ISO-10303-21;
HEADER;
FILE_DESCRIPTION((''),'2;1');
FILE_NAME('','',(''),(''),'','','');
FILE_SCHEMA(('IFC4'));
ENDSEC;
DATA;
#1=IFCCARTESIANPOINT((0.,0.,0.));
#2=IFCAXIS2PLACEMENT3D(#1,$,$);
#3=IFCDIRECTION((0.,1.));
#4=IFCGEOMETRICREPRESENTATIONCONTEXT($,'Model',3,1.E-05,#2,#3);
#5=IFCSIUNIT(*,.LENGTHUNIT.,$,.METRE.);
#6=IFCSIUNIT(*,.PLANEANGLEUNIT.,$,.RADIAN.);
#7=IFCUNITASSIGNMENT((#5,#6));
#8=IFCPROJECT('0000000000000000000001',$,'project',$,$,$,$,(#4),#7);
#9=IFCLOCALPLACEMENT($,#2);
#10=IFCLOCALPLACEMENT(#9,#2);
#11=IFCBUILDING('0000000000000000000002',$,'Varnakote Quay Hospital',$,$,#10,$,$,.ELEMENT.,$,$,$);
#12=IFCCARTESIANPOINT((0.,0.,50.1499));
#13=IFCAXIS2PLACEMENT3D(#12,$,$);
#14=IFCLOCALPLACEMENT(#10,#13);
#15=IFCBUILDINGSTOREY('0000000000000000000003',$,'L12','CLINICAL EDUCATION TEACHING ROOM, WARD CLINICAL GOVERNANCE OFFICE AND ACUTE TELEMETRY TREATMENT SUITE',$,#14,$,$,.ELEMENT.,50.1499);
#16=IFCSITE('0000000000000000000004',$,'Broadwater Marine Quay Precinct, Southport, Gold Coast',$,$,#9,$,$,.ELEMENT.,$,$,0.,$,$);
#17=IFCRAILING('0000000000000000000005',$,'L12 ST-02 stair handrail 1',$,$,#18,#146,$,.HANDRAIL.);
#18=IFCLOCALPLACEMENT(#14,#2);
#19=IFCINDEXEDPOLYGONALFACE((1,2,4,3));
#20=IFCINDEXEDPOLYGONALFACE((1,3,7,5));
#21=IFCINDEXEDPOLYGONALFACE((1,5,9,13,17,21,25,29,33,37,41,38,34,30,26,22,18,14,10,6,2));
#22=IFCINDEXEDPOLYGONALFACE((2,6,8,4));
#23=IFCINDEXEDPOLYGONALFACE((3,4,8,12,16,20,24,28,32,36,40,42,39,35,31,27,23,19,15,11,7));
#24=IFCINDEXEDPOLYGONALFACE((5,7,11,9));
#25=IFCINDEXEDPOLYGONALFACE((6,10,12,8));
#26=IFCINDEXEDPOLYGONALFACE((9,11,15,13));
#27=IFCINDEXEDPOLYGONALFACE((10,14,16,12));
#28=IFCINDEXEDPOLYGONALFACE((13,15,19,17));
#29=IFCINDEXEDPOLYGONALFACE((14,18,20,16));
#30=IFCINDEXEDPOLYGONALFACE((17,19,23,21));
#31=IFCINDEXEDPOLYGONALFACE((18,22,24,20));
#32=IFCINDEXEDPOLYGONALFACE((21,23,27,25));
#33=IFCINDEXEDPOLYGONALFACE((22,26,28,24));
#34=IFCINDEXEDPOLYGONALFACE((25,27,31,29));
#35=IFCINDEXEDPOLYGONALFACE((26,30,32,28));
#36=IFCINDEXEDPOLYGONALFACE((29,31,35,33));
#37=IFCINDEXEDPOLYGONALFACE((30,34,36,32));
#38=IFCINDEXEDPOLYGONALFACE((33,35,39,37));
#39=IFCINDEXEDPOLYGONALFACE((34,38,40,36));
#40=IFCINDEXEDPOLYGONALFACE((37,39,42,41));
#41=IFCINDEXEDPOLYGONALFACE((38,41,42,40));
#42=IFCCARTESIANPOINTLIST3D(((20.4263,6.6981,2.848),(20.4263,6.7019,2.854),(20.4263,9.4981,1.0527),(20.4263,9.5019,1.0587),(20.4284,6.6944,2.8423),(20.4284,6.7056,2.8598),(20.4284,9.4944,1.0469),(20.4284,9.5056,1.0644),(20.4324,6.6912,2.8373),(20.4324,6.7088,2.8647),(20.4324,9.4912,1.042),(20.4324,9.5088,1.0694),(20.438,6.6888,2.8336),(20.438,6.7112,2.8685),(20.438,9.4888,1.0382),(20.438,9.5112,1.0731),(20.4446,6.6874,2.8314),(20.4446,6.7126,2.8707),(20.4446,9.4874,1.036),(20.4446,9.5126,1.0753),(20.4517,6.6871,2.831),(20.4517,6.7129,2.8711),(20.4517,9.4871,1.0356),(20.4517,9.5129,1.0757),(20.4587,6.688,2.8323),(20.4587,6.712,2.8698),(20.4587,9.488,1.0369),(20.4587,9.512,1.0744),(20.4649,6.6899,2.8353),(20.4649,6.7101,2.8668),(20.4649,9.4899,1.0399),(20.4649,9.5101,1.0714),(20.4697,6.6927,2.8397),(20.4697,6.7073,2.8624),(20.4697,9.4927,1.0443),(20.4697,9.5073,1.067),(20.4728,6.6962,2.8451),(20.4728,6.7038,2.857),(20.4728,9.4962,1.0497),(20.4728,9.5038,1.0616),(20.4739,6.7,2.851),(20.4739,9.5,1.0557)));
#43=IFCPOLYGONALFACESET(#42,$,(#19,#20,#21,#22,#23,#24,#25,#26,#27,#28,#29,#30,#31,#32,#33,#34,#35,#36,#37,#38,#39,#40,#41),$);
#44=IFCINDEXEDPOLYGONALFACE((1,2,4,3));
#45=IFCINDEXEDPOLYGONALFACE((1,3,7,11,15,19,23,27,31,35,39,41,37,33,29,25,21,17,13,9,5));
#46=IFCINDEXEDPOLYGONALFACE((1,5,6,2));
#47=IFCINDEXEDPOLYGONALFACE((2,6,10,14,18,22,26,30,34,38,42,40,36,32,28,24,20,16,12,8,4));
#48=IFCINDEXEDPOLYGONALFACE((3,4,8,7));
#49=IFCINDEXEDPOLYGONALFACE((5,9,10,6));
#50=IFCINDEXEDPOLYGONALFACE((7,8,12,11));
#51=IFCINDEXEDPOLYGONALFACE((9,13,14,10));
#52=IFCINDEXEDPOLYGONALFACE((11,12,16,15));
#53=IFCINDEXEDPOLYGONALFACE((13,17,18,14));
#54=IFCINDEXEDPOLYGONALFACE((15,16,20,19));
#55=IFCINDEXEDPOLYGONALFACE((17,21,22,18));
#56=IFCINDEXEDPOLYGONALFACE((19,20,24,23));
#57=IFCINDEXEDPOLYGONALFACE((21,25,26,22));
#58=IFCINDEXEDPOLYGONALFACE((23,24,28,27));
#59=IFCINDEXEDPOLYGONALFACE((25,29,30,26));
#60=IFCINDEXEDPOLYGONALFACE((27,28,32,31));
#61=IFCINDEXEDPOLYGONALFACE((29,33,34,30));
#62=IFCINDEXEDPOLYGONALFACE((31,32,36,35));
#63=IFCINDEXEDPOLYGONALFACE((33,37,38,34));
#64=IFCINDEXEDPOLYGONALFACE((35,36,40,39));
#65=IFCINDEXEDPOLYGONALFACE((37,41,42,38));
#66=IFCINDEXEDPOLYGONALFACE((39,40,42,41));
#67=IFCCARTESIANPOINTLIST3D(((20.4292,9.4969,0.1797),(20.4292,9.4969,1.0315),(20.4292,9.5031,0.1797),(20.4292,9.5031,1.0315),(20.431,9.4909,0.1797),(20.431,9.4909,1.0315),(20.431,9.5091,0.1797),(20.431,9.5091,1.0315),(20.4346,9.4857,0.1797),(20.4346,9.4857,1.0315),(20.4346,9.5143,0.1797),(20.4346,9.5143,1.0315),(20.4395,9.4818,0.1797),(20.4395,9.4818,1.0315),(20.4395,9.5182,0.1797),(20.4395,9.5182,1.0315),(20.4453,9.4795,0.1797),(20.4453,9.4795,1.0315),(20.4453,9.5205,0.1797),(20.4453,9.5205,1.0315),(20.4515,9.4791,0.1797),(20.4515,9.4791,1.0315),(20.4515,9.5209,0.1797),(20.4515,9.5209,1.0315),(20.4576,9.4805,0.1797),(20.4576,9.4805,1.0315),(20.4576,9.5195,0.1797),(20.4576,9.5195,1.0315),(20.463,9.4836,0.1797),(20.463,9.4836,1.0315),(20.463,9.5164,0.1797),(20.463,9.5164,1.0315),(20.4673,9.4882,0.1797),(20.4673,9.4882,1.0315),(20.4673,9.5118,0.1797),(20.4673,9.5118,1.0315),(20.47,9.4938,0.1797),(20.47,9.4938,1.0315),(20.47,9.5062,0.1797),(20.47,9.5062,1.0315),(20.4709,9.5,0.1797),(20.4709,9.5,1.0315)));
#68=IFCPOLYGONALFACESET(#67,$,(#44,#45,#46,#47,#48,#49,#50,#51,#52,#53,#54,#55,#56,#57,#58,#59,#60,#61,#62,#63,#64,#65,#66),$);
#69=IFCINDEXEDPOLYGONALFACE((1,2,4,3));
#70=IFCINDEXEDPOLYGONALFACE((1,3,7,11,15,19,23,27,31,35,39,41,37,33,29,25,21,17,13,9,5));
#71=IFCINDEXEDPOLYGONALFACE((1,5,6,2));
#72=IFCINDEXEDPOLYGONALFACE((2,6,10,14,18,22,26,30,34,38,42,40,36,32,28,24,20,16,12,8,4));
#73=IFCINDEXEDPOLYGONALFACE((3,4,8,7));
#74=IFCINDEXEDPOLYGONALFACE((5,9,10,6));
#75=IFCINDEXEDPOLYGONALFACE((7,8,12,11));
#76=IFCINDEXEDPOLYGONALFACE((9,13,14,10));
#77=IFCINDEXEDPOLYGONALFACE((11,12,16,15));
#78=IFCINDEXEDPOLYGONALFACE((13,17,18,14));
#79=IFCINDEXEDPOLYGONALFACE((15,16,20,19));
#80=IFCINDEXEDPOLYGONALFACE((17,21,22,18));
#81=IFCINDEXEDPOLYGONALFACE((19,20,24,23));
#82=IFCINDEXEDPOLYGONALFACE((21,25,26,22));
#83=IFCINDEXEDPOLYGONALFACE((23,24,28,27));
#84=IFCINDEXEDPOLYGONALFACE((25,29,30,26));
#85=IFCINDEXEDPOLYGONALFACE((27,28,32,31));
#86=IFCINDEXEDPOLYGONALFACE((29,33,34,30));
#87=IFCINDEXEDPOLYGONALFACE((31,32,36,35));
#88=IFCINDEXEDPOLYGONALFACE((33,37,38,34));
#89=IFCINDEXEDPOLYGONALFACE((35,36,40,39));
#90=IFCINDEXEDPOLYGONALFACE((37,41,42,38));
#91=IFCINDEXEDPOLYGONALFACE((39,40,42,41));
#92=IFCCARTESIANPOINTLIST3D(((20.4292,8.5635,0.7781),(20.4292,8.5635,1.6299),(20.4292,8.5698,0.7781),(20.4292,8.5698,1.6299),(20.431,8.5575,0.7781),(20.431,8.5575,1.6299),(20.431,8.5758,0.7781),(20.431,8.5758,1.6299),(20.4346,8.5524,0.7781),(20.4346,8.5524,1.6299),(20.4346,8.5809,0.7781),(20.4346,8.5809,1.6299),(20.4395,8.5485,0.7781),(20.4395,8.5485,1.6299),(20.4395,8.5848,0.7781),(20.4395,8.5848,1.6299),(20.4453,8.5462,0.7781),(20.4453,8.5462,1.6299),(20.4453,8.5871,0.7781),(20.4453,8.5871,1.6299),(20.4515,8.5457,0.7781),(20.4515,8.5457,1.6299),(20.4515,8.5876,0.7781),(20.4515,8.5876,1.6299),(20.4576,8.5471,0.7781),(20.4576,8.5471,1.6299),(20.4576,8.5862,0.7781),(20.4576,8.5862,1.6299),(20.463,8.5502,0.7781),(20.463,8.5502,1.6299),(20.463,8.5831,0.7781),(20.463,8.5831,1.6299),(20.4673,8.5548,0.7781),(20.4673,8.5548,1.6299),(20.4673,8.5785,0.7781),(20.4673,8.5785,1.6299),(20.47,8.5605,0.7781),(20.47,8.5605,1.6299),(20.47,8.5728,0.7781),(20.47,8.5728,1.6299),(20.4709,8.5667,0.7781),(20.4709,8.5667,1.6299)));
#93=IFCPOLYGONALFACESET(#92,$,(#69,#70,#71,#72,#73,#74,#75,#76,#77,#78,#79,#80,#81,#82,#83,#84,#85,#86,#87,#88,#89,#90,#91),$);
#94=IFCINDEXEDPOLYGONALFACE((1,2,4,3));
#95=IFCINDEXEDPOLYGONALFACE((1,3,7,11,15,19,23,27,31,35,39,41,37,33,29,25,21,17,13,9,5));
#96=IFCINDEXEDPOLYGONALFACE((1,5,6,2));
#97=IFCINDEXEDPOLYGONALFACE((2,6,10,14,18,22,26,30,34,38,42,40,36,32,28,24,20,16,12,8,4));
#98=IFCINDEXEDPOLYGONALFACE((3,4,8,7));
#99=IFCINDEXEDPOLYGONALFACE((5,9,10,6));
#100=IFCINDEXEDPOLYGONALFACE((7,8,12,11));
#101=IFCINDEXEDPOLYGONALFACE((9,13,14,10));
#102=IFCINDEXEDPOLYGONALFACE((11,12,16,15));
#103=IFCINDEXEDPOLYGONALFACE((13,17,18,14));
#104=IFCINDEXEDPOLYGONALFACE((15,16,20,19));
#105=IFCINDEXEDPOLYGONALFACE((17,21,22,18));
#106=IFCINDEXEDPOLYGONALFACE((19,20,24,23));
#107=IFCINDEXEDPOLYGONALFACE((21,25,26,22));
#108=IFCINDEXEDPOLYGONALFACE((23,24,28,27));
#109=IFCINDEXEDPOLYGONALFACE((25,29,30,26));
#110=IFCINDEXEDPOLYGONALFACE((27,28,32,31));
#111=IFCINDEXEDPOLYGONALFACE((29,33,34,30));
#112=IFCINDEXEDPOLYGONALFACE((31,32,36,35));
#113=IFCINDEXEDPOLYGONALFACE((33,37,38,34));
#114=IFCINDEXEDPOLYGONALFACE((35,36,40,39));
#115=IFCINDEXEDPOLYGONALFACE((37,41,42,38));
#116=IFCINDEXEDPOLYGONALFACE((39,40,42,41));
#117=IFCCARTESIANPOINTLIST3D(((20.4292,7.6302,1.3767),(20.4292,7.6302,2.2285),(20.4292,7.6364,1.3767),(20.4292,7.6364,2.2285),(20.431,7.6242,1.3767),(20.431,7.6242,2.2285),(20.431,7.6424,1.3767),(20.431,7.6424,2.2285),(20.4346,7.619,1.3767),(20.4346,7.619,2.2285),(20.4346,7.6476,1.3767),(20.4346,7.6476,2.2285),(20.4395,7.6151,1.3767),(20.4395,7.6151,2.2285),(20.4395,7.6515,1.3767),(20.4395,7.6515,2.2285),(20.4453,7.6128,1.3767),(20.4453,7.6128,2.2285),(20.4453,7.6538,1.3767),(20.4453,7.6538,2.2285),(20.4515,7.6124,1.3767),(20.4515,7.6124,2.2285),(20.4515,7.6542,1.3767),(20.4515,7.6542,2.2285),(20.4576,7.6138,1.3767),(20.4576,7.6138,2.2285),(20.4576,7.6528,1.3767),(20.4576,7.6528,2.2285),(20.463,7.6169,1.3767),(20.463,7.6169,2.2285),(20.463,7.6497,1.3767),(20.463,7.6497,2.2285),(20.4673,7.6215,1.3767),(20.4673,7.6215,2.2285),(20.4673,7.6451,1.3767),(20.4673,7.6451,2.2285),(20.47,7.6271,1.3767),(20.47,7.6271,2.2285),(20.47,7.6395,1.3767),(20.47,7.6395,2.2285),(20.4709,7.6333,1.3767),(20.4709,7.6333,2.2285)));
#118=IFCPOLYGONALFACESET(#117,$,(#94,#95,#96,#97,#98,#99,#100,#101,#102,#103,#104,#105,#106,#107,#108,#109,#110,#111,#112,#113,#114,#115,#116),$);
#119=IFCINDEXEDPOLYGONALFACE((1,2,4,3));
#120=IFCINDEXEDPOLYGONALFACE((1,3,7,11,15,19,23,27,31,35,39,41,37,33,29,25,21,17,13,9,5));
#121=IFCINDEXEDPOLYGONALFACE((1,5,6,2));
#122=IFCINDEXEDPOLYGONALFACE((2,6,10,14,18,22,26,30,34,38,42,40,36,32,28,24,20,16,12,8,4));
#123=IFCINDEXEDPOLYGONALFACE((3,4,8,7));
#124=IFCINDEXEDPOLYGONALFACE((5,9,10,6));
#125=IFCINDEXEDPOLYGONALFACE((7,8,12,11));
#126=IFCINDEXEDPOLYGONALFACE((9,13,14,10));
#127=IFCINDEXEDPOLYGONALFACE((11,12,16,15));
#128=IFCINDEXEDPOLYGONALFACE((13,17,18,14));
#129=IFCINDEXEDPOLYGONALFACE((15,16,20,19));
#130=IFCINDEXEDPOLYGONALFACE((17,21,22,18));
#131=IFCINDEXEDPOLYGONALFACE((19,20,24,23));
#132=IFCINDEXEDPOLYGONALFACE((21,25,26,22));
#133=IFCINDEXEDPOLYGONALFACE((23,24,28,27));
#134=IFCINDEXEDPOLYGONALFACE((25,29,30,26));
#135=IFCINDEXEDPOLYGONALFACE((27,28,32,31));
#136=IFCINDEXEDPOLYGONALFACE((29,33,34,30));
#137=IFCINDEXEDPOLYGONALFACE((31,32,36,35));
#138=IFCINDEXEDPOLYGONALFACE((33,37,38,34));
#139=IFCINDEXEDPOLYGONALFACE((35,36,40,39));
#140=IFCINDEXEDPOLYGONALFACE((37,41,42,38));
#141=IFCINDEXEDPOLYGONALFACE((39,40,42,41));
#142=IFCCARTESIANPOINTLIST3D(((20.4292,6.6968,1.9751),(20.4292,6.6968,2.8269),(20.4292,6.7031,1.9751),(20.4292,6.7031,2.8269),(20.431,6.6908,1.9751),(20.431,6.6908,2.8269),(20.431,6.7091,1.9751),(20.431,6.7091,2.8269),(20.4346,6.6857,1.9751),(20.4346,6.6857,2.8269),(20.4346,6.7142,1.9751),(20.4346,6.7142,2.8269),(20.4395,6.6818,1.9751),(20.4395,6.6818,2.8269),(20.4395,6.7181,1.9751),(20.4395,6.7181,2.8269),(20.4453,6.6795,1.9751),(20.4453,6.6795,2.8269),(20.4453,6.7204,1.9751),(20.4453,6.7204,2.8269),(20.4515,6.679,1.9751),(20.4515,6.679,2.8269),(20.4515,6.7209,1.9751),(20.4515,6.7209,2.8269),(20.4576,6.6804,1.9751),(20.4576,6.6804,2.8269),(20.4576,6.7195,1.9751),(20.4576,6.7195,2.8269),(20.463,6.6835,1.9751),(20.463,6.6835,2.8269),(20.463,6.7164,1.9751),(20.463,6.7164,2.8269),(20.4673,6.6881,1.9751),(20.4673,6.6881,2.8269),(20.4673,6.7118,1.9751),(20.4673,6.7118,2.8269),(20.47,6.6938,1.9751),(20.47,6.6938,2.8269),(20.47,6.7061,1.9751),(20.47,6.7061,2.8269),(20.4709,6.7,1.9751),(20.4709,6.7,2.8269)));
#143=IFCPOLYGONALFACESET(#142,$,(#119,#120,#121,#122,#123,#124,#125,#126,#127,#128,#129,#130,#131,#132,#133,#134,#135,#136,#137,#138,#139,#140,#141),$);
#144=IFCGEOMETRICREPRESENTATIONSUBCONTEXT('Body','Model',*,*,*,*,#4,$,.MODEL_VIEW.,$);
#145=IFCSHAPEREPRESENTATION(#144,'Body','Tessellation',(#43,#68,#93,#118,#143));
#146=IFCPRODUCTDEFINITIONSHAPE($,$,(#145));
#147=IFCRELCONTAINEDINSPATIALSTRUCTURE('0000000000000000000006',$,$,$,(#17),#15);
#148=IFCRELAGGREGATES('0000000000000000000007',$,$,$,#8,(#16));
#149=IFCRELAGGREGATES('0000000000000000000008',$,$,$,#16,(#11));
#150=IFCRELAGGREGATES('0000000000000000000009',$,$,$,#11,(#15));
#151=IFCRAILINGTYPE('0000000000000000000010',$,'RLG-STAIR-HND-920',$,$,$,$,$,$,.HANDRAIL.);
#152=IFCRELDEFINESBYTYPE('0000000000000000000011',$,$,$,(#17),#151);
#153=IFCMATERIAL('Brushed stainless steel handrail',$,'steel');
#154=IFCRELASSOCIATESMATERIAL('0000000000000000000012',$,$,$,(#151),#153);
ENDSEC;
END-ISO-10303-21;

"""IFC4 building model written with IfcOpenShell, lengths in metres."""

from ifc_helpers import new_model, si_unit, direction, frame, origin, origin_2d, place, context, subcontext, project, spatial, circle, extrude, material, type_object, element, save


model = new_model("IFC4")

# Units and contexts
model_context = context("Model", 3, precision=1e-05, world=origin(), true_north=direction((0.0, 1.0)))
body_context = subcontext(model_context, "Body", "Model", "MODEL_VIEW")
ifc_project = project(units=[si_unit("LENGTHUNIT", "METRE"), si_unit("PLANEANGLEUNIT", "RADIAN")], contexts=[model_context])

# Site, building, storey
site_placement = place(None, origin())
site = spatial("IfcSite", under=ifc_project, at=site_placement, Name="Broadwater Marine Quay Precinct, Southport, Gold Coast", CompositionType="ELEMENT", RefElevation=0.0)
building_placement = place(site_placement, origin())
building = spatial("IfcBuilding", under=site, at=building_placement, Name="Varnakote Quay Hospital", CompositionType="ELEMENT")
storey_placement = place(building_placement, frame((0.0, 0.0, 50.1499)))
storey = spatial("IfcBuildingStorey", under=building, at=storey_placement, Name="L12", Description="CLINICAL EDUCATION TEACHING ROOM, WARD CLINICAL GOVERNANCE OFFICE AND ACUTE TELEMETRY TREATMENT SUITE", CompositionType="ELEMENT", Elevation=50.1499)

# Railing
ifc_material_1 = material(Name="Brushed stainless steel handrail", Category="steel")
railing_type_1 = type_object("IfcRailingType", Name="RLG-STAIR-HND-920", PredefinedType="HANDRAIL", material=ifc_material_1)
railing_1_placement = place(storey_placement, frame((20.45, 9.5, 0.1797)))
element("IfcRailing", 1, at=railing_1_placement, inside=storey, type_object=railing_type_1, Name="L12 ST-02 stair handrail 1", PredefinedType="HANDRAIL", context=body_context, shape_type="SweptSolid", body=[
    extrude(circle(Radius=0.0239, at=origin_2d()), frame((0.0, 0.0, 0.876), z_axis=(0.0, -0.84181, 0.539774), x_axis=(1.0, 0.0, 0.0)), (0.0, 0.0, 1.0), 3.3262),
    extrude(circle(Radius=0.021, at=origin_2d()), origin(), (0.0, 0.0, 1.0), 0.8518),
    extrude(circle(Radius=0.021, at=origin_2d()), frame((0.0, -0.9333, 0.5984)), (0.0, 0.0, 1.0), 0.8518),
    extrude(circle(Radius=0.021, at=origin_2d()), frame((0.0, -1.8667, 1.197)), (0.0, 0.0, 1.0), 0.8518),
    extrude(circle(Radius=0.021, at=origin_2d()), frame((0.0, -2.8, 1.7954)), (0.0, 0.0, 1.0), 0.8518),
])

save(model, "model.ifc")
